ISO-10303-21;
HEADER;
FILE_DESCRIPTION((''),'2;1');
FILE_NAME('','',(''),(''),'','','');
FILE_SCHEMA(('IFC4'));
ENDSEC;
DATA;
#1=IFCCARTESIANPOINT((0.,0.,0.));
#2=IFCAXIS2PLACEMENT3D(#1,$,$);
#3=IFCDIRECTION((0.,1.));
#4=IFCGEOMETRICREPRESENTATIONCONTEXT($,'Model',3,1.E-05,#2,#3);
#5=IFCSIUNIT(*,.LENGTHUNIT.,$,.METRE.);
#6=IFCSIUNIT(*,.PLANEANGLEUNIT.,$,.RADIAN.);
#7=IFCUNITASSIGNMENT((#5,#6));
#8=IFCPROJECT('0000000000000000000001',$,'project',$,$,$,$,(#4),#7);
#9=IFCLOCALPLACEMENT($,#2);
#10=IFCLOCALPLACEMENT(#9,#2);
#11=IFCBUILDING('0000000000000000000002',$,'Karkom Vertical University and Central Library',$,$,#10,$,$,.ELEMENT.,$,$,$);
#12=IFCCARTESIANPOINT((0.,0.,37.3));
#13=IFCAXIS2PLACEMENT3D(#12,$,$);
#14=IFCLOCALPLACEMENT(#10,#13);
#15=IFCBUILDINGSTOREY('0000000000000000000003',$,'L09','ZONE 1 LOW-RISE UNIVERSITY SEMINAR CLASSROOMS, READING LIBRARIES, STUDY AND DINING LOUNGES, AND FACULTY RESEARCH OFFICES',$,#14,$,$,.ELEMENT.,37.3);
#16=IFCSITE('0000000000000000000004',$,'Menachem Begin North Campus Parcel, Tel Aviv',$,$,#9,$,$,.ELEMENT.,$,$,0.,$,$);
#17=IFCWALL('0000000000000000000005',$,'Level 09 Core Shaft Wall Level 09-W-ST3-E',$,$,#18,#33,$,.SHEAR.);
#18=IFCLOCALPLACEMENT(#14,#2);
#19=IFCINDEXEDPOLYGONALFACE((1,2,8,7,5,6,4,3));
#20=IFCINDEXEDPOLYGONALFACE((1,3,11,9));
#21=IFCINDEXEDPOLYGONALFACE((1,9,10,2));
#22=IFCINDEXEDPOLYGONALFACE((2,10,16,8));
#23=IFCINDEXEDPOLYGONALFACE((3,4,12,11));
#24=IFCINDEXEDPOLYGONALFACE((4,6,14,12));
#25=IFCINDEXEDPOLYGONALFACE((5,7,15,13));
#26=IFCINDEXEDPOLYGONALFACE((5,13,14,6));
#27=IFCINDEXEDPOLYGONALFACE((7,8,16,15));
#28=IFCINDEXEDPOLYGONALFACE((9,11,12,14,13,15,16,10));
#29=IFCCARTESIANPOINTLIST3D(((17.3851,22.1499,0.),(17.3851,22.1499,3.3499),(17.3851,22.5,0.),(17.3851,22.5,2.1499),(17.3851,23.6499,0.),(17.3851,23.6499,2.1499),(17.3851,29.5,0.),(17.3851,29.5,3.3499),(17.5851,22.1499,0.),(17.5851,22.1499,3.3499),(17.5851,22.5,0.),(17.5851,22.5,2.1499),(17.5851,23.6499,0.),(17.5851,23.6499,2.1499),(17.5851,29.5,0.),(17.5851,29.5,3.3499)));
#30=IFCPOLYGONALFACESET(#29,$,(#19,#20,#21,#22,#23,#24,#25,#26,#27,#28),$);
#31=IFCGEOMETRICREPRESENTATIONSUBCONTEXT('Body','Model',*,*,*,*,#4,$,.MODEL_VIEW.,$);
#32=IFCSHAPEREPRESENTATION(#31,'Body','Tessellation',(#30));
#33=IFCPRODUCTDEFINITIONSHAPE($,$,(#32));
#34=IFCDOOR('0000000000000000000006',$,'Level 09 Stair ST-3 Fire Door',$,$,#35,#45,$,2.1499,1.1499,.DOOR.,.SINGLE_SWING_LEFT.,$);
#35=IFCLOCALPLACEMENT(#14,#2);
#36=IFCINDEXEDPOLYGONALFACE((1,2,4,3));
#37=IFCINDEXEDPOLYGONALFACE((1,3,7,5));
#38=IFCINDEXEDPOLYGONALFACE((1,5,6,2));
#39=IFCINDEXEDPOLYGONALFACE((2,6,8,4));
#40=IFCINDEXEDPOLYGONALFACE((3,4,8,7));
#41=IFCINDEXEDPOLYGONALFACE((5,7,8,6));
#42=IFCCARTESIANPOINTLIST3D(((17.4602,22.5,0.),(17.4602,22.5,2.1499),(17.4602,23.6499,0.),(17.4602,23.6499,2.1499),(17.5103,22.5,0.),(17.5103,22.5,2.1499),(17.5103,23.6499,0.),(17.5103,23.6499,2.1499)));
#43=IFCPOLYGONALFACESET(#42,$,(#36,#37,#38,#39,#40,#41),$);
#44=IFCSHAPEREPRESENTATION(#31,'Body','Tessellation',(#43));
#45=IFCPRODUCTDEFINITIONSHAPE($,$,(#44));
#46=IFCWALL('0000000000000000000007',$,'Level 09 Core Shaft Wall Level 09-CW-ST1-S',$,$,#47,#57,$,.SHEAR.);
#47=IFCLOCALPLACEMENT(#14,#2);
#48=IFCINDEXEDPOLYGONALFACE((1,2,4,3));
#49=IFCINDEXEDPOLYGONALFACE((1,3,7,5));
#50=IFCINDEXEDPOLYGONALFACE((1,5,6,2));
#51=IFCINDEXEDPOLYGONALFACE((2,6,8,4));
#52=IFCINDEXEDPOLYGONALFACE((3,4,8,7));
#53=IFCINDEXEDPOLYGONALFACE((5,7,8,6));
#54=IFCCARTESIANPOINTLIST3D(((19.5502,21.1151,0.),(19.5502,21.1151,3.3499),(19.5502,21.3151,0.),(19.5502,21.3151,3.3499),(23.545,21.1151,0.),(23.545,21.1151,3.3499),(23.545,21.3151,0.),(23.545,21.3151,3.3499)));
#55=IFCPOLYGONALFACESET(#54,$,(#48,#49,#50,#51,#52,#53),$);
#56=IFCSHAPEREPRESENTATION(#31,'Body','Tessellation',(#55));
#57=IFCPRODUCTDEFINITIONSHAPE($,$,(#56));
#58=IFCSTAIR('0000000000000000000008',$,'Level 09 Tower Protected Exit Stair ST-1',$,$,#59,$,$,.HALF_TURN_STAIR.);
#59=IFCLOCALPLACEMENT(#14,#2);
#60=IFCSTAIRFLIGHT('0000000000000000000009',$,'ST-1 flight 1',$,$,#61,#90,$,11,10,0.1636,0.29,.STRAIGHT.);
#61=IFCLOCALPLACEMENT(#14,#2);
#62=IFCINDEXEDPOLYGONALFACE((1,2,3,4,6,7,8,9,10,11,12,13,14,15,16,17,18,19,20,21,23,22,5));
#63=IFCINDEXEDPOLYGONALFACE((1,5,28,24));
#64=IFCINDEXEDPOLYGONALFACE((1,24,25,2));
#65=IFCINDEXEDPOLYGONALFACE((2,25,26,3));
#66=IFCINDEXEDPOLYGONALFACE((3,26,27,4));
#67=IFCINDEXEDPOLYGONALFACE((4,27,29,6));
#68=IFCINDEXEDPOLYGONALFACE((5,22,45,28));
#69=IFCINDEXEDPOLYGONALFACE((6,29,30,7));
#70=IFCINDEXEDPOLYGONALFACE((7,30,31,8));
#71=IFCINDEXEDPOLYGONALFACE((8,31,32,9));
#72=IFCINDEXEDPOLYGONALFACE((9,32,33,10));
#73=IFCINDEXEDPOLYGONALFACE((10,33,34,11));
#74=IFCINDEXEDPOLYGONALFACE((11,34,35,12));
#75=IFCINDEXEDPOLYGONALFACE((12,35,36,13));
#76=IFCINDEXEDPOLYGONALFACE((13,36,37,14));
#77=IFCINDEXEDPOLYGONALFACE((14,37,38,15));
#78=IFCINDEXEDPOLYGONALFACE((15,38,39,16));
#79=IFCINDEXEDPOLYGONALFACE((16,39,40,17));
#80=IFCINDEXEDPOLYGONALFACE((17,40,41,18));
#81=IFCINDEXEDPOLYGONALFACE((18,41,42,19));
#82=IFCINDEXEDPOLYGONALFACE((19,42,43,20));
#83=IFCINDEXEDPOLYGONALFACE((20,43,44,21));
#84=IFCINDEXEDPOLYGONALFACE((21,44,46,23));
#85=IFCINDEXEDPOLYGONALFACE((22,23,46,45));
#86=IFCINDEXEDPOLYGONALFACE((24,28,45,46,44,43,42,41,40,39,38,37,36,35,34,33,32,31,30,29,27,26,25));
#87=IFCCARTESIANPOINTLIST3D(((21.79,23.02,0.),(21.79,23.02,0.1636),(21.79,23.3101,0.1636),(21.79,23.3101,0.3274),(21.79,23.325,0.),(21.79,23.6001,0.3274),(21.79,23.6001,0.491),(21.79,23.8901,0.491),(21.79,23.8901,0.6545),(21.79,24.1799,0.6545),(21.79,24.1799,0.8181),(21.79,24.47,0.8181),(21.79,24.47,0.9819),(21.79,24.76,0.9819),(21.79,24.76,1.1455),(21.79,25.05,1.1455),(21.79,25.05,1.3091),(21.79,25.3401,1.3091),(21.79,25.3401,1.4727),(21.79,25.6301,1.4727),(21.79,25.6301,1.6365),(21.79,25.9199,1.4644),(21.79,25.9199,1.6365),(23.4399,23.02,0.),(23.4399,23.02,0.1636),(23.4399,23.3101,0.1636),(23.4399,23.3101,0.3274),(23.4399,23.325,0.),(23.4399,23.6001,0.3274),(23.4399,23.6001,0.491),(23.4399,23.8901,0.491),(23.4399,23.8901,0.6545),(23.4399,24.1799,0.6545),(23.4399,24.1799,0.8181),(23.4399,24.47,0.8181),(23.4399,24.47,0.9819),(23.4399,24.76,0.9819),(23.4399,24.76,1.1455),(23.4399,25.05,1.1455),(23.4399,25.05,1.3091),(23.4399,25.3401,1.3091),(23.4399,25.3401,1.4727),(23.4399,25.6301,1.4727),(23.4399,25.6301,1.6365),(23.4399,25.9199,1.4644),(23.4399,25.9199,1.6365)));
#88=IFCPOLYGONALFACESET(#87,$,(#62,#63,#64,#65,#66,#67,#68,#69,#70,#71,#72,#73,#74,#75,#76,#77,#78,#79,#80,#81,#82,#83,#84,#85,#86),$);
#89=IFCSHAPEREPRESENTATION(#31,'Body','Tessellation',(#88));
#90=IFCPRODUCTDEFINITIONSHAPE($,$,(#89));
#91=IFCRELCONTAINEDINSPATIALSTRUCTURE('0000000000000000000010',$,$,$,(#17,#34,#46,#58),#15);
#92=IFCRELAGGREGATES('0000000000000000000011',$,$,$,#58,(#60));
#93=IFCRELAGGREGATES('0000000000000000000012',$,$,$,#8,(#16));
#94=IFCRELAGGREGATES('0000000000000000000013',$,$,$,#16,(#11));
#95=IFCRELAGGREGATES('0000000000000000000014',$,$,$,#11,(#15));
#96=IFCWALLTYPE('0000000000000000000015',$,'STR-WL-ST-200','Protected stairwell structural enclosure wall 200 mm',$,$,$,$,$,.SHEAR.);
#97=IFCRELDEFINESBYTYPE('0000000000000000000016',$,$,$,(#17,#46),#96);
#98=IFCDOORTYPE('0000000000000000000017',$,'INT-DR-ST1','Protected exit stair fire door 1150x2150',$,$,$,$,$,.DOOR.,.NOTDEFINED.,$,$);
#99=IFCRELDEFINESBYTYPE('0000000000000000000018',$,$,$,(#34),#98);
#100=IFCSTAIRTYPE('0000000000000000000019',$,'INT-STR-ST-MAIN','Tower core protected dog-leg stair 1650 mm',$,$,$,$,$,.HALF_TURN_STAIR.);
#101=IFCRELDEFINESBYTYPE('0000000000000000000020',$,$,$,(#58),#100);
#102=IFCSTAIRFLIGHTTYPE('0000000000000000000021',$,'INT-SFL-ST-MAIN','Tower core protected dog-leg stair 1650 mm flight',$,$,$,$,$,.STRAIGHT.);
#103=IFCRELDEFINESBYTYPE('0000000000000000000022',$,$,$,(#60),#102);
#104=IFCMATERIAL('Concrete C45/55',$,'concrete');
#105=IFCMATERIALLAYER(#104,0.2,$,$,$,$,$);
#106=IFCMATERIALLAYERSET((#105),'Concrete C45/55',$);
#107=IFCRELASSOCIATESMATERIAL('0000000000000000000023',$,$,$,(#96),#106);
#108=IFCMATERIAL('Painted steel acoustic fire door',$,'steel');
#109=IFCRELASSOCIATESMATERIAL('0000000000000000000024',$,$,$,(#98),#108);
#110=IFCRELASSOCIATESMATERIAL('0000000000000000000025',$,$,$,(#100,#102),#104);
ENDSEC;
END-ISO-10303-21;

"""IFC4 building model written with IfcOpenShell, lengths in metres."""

from ifc_helpers import new_model, si_unit, direction, frame, frame_2d, origin, origin_with_axes, place, context, subcontext, project, spatial, polyline, rectangle, outline, extrude, source, transform, mapped, material, layer, layer_set, type_object, element, fill, aggregate, save


model = new_model("IFC4")

# Units and contexts
model_context = context("Model", 3, precision=1e-05, world=origin(), true_north=direction((0.0, 1.0)))
body_context = subcontext(model_context, "Body", "Model", "MODEL_VIEW")
ifc_project = project(units=[si_unit("LENGTHUNIT", "METRE"), si_unit("PLANEANGLEUNIT", "RADIAN")], contexts=[model_context])

# Site, building, storey
site_placement = place(None, origin())
site = spatial("IfcSite", under=ifc_project, at=site_placement, Name="Menachem Begin North Campus Parcel, Tel Aviv", CompositionType="ELEMENT", RefElevation=0.0)
building_placement = place(site_placement, origin())
building = spatial("IfcBuilding", under=site, at=building_placement, Name="Karkom Vertical University and Central Library", CompositionType="ELEMENT")
storey_placement = place(building_placement, frame((0.0, 0.0, 37.3)))
storey = spatial("IfcBuildingStorey", under=building, at=storey_placement, Name="L09", Description="ZONE 1 LOW-RISE UNIVERSITY SEMINAR CLASSROOMS, READING LIBRARIES, STUDY AND DINING LOUNGES, AND FACULTY RESEARCH OFFICES", CompositionType="ELEMENT", Elevation=37.3)

# Shared definitions
ifc_material_1 = material(Name="Concrete C45/55", Category="concrete")
ifc_layer_1 = layer(ifc_material_1, 0.2)
ifc_layer_set_1 = layer_set([ifc_layer_1], Name="Concrete C45/55")
wall_type_1 = type_object("IfcWallType", Name="STR-WL-ST-200", Description="Protected stairwell structural enclosure wall 200 mm", PredefinedType="SHEAR", material=ifc_layer_set_1)
ifc_material_2 = material(Name="Painted steel acoustic fire door", Category="steel")
door_type_1 = type_object("IfcDoorType", Name="INT-DR-ST1", Description="Protected exit stair fire door 1150x2150", OperationType="NOTDEFINED", PredefinedType="DOOR", material=ifc_material_2)
shared_shape_1 = source(origin_with_axes(), body_context, "Body", "SweptSolid", [
    extrude(rectangle(XDim=1.1499, YDim=2.1499, at=frame_2d((0.575, 1.075))), frame((0.0, 0.0249, 0.0), z_axis=(0.0, -1.0, 0.0), x_axis=(1.0, 0.0, 0.0)), (0.0, 0.0, 1.0), 0.05),
])

# Wall, opening, door
wall_1_placement = place(storey_placement, frame((17.4851, 22.1499, 0.0), z_axis=(0.0, 0.0, 1.0), x_axis=(0.0, 1.0, 0.0)))
wall_1 = element("IfcWall", 1, at=wall_1_placement, inside=storey, type_object=wall_type_1, Name="Level 09 Core Shaft Wall Level 09-W-ST3-E", PredefinedType="SHEAR", context=body_context, shape_type="SweptSolid", body=[
    extrude(rectangle(XDim=7.3501, YDim=0.2, at=frame_2d((3.675, 0.0))), origin(), (0.0, 0.0, 1.0), 3.3499),
])
opening_1_placement = place(wall_1_placement, frame((0.3501, 0.0, 0.0)))
opening_1 = element("IfcOpeningElement", 2, at=opening_1_placement, cuts=wall_1, PredefinedType="OPENING", context=body_context, shape_type="SweptSolid", body=[
    extrude(rectangle(XDim=1.1499, YDim=2.1499, at=frame_2d((0.575, 1.075))), frame((0.0, 0.1099, 0.0), z_axis=(0.0, -1.0, 0.0), x_axis=(1.0, 0.0, 0.0)), (0.0, 0.0, 1.0), 0.22),
])
door_1_placement = place(opening_1_placement, origin())
door_1 = element("IfcDoor", 3, at=door_1_placement, inside=storey, type_object=door_type_1, Name="Level 09 Stair ST-3 Fire Door", OperationType="SINGLE_SWING_LEFT", OverallHeight=2.1499, OverallWidth=1.1499, PredefinedType="DOOR", context=body_context, shape_type="MappedRepresentation", body=[
    mapped(shared_shape_1, transform((0.0, 0.0, 0.0), scale=1.0)),
])
fill(opening_1, door_1)

# Wall
wall_2_placement = place(storey_placement, frame((19.55, 21.2151, 0.0), z_axis=(0.0, 0.0, 1.0), x_axis=(1.0, 0.0, 0.0)))
element("IfcWall", 4, at=wall_2_placement, inside=storey, type_object=wall_type_1, Name="Level 09 Core Shaft Wall Level 09-CW-ST1-S", PredefinedType="SHEAR", context=body_context, shape_type="SweptSolid", body=[
    extrude(rectangle(XDim=3.9949, YDim=0.2, at=frame_2d((1.9976, 0.0))), origin(), (0.0, 0.0, 1.0), 3.3499),
])

# Stair, stair flight
stair_type = type_object("IfcStairType", Name="INT-STR-ST-MAIN", Description="Tower core protected dog-leg stair 1650 mm", PredefinedType="HALF_TURN_STAIR", material=ifc_material_1)
stair_placement = place(storey_placement, origin())
stair = element("IfcStair", 5, at=stair_placement, inside=storey, type_object=stair_type, Name="Level 09 Tower Protected Exit Stair ST-1", PredefinedType="HALF_TURN_STAIR")
stair_flight_type = type_object("IfcStairFlightType", Name="INT-SFL-ST-MAIN", Description="Tower core protected dog-leg stair 1650 mm flight", PredefinedType="STRAIGHT", material=ifc_material_1)
stair_flight_placement = place(storey_placement, frame((22.615, 23.02, 0.0), z_axis=(0.0, 0.0, 1.0), x_axis=(0.0, 1.0, 0.0)))
stair_flight = element("IfcStairFlight", 6, at=stair_flight_placement, type_object=stair_flight_type, Name="ST-1 flight 1", NumberOfRisers=11, NumberOfTreads=10, PredefinedType="STRAIGHT", RiserHeight=0.1636, TreadLength=0.29, context=body_context, shape_type="SweptSolid", body=[
    extrude(outline(polyline([(0.0, 0.0), (0.0, 0.1636), (0.29, 0.1636), (0.29, 0.3274), (0.5801, 0.3274), (0.5801, 0.491), (0.8701, 0.491), (0.8701, 0.6545), (1.1599, 0.6545), (1.1599, 0.8181), (1.45, 0.8181), (1.45, 0.9819), (1.74, 0.9819), (1.74, 1.1455), (2.03, 1.1455), (2.03, 1.3091), (2.3201, 1.3091), (2.3201, 1.4727), (2.6101, 1.4727), (2.6101, 1.6365), (2.8999, 1.6365), (2.8999, 1.8), (2.8999, 1.4644), (0.3049, 0.0), (0.0, 0.0)])), frame((0.0, 0.825, 0.0), z_axis=(0.0, -1.0, 0.0), x_axis=(1.0, 0.0, 0.0)), (0.0, 0.0, 1.0), 1.6499),
])
aggregate(stair, [stair_flight])

save(model, "model.ifc")
